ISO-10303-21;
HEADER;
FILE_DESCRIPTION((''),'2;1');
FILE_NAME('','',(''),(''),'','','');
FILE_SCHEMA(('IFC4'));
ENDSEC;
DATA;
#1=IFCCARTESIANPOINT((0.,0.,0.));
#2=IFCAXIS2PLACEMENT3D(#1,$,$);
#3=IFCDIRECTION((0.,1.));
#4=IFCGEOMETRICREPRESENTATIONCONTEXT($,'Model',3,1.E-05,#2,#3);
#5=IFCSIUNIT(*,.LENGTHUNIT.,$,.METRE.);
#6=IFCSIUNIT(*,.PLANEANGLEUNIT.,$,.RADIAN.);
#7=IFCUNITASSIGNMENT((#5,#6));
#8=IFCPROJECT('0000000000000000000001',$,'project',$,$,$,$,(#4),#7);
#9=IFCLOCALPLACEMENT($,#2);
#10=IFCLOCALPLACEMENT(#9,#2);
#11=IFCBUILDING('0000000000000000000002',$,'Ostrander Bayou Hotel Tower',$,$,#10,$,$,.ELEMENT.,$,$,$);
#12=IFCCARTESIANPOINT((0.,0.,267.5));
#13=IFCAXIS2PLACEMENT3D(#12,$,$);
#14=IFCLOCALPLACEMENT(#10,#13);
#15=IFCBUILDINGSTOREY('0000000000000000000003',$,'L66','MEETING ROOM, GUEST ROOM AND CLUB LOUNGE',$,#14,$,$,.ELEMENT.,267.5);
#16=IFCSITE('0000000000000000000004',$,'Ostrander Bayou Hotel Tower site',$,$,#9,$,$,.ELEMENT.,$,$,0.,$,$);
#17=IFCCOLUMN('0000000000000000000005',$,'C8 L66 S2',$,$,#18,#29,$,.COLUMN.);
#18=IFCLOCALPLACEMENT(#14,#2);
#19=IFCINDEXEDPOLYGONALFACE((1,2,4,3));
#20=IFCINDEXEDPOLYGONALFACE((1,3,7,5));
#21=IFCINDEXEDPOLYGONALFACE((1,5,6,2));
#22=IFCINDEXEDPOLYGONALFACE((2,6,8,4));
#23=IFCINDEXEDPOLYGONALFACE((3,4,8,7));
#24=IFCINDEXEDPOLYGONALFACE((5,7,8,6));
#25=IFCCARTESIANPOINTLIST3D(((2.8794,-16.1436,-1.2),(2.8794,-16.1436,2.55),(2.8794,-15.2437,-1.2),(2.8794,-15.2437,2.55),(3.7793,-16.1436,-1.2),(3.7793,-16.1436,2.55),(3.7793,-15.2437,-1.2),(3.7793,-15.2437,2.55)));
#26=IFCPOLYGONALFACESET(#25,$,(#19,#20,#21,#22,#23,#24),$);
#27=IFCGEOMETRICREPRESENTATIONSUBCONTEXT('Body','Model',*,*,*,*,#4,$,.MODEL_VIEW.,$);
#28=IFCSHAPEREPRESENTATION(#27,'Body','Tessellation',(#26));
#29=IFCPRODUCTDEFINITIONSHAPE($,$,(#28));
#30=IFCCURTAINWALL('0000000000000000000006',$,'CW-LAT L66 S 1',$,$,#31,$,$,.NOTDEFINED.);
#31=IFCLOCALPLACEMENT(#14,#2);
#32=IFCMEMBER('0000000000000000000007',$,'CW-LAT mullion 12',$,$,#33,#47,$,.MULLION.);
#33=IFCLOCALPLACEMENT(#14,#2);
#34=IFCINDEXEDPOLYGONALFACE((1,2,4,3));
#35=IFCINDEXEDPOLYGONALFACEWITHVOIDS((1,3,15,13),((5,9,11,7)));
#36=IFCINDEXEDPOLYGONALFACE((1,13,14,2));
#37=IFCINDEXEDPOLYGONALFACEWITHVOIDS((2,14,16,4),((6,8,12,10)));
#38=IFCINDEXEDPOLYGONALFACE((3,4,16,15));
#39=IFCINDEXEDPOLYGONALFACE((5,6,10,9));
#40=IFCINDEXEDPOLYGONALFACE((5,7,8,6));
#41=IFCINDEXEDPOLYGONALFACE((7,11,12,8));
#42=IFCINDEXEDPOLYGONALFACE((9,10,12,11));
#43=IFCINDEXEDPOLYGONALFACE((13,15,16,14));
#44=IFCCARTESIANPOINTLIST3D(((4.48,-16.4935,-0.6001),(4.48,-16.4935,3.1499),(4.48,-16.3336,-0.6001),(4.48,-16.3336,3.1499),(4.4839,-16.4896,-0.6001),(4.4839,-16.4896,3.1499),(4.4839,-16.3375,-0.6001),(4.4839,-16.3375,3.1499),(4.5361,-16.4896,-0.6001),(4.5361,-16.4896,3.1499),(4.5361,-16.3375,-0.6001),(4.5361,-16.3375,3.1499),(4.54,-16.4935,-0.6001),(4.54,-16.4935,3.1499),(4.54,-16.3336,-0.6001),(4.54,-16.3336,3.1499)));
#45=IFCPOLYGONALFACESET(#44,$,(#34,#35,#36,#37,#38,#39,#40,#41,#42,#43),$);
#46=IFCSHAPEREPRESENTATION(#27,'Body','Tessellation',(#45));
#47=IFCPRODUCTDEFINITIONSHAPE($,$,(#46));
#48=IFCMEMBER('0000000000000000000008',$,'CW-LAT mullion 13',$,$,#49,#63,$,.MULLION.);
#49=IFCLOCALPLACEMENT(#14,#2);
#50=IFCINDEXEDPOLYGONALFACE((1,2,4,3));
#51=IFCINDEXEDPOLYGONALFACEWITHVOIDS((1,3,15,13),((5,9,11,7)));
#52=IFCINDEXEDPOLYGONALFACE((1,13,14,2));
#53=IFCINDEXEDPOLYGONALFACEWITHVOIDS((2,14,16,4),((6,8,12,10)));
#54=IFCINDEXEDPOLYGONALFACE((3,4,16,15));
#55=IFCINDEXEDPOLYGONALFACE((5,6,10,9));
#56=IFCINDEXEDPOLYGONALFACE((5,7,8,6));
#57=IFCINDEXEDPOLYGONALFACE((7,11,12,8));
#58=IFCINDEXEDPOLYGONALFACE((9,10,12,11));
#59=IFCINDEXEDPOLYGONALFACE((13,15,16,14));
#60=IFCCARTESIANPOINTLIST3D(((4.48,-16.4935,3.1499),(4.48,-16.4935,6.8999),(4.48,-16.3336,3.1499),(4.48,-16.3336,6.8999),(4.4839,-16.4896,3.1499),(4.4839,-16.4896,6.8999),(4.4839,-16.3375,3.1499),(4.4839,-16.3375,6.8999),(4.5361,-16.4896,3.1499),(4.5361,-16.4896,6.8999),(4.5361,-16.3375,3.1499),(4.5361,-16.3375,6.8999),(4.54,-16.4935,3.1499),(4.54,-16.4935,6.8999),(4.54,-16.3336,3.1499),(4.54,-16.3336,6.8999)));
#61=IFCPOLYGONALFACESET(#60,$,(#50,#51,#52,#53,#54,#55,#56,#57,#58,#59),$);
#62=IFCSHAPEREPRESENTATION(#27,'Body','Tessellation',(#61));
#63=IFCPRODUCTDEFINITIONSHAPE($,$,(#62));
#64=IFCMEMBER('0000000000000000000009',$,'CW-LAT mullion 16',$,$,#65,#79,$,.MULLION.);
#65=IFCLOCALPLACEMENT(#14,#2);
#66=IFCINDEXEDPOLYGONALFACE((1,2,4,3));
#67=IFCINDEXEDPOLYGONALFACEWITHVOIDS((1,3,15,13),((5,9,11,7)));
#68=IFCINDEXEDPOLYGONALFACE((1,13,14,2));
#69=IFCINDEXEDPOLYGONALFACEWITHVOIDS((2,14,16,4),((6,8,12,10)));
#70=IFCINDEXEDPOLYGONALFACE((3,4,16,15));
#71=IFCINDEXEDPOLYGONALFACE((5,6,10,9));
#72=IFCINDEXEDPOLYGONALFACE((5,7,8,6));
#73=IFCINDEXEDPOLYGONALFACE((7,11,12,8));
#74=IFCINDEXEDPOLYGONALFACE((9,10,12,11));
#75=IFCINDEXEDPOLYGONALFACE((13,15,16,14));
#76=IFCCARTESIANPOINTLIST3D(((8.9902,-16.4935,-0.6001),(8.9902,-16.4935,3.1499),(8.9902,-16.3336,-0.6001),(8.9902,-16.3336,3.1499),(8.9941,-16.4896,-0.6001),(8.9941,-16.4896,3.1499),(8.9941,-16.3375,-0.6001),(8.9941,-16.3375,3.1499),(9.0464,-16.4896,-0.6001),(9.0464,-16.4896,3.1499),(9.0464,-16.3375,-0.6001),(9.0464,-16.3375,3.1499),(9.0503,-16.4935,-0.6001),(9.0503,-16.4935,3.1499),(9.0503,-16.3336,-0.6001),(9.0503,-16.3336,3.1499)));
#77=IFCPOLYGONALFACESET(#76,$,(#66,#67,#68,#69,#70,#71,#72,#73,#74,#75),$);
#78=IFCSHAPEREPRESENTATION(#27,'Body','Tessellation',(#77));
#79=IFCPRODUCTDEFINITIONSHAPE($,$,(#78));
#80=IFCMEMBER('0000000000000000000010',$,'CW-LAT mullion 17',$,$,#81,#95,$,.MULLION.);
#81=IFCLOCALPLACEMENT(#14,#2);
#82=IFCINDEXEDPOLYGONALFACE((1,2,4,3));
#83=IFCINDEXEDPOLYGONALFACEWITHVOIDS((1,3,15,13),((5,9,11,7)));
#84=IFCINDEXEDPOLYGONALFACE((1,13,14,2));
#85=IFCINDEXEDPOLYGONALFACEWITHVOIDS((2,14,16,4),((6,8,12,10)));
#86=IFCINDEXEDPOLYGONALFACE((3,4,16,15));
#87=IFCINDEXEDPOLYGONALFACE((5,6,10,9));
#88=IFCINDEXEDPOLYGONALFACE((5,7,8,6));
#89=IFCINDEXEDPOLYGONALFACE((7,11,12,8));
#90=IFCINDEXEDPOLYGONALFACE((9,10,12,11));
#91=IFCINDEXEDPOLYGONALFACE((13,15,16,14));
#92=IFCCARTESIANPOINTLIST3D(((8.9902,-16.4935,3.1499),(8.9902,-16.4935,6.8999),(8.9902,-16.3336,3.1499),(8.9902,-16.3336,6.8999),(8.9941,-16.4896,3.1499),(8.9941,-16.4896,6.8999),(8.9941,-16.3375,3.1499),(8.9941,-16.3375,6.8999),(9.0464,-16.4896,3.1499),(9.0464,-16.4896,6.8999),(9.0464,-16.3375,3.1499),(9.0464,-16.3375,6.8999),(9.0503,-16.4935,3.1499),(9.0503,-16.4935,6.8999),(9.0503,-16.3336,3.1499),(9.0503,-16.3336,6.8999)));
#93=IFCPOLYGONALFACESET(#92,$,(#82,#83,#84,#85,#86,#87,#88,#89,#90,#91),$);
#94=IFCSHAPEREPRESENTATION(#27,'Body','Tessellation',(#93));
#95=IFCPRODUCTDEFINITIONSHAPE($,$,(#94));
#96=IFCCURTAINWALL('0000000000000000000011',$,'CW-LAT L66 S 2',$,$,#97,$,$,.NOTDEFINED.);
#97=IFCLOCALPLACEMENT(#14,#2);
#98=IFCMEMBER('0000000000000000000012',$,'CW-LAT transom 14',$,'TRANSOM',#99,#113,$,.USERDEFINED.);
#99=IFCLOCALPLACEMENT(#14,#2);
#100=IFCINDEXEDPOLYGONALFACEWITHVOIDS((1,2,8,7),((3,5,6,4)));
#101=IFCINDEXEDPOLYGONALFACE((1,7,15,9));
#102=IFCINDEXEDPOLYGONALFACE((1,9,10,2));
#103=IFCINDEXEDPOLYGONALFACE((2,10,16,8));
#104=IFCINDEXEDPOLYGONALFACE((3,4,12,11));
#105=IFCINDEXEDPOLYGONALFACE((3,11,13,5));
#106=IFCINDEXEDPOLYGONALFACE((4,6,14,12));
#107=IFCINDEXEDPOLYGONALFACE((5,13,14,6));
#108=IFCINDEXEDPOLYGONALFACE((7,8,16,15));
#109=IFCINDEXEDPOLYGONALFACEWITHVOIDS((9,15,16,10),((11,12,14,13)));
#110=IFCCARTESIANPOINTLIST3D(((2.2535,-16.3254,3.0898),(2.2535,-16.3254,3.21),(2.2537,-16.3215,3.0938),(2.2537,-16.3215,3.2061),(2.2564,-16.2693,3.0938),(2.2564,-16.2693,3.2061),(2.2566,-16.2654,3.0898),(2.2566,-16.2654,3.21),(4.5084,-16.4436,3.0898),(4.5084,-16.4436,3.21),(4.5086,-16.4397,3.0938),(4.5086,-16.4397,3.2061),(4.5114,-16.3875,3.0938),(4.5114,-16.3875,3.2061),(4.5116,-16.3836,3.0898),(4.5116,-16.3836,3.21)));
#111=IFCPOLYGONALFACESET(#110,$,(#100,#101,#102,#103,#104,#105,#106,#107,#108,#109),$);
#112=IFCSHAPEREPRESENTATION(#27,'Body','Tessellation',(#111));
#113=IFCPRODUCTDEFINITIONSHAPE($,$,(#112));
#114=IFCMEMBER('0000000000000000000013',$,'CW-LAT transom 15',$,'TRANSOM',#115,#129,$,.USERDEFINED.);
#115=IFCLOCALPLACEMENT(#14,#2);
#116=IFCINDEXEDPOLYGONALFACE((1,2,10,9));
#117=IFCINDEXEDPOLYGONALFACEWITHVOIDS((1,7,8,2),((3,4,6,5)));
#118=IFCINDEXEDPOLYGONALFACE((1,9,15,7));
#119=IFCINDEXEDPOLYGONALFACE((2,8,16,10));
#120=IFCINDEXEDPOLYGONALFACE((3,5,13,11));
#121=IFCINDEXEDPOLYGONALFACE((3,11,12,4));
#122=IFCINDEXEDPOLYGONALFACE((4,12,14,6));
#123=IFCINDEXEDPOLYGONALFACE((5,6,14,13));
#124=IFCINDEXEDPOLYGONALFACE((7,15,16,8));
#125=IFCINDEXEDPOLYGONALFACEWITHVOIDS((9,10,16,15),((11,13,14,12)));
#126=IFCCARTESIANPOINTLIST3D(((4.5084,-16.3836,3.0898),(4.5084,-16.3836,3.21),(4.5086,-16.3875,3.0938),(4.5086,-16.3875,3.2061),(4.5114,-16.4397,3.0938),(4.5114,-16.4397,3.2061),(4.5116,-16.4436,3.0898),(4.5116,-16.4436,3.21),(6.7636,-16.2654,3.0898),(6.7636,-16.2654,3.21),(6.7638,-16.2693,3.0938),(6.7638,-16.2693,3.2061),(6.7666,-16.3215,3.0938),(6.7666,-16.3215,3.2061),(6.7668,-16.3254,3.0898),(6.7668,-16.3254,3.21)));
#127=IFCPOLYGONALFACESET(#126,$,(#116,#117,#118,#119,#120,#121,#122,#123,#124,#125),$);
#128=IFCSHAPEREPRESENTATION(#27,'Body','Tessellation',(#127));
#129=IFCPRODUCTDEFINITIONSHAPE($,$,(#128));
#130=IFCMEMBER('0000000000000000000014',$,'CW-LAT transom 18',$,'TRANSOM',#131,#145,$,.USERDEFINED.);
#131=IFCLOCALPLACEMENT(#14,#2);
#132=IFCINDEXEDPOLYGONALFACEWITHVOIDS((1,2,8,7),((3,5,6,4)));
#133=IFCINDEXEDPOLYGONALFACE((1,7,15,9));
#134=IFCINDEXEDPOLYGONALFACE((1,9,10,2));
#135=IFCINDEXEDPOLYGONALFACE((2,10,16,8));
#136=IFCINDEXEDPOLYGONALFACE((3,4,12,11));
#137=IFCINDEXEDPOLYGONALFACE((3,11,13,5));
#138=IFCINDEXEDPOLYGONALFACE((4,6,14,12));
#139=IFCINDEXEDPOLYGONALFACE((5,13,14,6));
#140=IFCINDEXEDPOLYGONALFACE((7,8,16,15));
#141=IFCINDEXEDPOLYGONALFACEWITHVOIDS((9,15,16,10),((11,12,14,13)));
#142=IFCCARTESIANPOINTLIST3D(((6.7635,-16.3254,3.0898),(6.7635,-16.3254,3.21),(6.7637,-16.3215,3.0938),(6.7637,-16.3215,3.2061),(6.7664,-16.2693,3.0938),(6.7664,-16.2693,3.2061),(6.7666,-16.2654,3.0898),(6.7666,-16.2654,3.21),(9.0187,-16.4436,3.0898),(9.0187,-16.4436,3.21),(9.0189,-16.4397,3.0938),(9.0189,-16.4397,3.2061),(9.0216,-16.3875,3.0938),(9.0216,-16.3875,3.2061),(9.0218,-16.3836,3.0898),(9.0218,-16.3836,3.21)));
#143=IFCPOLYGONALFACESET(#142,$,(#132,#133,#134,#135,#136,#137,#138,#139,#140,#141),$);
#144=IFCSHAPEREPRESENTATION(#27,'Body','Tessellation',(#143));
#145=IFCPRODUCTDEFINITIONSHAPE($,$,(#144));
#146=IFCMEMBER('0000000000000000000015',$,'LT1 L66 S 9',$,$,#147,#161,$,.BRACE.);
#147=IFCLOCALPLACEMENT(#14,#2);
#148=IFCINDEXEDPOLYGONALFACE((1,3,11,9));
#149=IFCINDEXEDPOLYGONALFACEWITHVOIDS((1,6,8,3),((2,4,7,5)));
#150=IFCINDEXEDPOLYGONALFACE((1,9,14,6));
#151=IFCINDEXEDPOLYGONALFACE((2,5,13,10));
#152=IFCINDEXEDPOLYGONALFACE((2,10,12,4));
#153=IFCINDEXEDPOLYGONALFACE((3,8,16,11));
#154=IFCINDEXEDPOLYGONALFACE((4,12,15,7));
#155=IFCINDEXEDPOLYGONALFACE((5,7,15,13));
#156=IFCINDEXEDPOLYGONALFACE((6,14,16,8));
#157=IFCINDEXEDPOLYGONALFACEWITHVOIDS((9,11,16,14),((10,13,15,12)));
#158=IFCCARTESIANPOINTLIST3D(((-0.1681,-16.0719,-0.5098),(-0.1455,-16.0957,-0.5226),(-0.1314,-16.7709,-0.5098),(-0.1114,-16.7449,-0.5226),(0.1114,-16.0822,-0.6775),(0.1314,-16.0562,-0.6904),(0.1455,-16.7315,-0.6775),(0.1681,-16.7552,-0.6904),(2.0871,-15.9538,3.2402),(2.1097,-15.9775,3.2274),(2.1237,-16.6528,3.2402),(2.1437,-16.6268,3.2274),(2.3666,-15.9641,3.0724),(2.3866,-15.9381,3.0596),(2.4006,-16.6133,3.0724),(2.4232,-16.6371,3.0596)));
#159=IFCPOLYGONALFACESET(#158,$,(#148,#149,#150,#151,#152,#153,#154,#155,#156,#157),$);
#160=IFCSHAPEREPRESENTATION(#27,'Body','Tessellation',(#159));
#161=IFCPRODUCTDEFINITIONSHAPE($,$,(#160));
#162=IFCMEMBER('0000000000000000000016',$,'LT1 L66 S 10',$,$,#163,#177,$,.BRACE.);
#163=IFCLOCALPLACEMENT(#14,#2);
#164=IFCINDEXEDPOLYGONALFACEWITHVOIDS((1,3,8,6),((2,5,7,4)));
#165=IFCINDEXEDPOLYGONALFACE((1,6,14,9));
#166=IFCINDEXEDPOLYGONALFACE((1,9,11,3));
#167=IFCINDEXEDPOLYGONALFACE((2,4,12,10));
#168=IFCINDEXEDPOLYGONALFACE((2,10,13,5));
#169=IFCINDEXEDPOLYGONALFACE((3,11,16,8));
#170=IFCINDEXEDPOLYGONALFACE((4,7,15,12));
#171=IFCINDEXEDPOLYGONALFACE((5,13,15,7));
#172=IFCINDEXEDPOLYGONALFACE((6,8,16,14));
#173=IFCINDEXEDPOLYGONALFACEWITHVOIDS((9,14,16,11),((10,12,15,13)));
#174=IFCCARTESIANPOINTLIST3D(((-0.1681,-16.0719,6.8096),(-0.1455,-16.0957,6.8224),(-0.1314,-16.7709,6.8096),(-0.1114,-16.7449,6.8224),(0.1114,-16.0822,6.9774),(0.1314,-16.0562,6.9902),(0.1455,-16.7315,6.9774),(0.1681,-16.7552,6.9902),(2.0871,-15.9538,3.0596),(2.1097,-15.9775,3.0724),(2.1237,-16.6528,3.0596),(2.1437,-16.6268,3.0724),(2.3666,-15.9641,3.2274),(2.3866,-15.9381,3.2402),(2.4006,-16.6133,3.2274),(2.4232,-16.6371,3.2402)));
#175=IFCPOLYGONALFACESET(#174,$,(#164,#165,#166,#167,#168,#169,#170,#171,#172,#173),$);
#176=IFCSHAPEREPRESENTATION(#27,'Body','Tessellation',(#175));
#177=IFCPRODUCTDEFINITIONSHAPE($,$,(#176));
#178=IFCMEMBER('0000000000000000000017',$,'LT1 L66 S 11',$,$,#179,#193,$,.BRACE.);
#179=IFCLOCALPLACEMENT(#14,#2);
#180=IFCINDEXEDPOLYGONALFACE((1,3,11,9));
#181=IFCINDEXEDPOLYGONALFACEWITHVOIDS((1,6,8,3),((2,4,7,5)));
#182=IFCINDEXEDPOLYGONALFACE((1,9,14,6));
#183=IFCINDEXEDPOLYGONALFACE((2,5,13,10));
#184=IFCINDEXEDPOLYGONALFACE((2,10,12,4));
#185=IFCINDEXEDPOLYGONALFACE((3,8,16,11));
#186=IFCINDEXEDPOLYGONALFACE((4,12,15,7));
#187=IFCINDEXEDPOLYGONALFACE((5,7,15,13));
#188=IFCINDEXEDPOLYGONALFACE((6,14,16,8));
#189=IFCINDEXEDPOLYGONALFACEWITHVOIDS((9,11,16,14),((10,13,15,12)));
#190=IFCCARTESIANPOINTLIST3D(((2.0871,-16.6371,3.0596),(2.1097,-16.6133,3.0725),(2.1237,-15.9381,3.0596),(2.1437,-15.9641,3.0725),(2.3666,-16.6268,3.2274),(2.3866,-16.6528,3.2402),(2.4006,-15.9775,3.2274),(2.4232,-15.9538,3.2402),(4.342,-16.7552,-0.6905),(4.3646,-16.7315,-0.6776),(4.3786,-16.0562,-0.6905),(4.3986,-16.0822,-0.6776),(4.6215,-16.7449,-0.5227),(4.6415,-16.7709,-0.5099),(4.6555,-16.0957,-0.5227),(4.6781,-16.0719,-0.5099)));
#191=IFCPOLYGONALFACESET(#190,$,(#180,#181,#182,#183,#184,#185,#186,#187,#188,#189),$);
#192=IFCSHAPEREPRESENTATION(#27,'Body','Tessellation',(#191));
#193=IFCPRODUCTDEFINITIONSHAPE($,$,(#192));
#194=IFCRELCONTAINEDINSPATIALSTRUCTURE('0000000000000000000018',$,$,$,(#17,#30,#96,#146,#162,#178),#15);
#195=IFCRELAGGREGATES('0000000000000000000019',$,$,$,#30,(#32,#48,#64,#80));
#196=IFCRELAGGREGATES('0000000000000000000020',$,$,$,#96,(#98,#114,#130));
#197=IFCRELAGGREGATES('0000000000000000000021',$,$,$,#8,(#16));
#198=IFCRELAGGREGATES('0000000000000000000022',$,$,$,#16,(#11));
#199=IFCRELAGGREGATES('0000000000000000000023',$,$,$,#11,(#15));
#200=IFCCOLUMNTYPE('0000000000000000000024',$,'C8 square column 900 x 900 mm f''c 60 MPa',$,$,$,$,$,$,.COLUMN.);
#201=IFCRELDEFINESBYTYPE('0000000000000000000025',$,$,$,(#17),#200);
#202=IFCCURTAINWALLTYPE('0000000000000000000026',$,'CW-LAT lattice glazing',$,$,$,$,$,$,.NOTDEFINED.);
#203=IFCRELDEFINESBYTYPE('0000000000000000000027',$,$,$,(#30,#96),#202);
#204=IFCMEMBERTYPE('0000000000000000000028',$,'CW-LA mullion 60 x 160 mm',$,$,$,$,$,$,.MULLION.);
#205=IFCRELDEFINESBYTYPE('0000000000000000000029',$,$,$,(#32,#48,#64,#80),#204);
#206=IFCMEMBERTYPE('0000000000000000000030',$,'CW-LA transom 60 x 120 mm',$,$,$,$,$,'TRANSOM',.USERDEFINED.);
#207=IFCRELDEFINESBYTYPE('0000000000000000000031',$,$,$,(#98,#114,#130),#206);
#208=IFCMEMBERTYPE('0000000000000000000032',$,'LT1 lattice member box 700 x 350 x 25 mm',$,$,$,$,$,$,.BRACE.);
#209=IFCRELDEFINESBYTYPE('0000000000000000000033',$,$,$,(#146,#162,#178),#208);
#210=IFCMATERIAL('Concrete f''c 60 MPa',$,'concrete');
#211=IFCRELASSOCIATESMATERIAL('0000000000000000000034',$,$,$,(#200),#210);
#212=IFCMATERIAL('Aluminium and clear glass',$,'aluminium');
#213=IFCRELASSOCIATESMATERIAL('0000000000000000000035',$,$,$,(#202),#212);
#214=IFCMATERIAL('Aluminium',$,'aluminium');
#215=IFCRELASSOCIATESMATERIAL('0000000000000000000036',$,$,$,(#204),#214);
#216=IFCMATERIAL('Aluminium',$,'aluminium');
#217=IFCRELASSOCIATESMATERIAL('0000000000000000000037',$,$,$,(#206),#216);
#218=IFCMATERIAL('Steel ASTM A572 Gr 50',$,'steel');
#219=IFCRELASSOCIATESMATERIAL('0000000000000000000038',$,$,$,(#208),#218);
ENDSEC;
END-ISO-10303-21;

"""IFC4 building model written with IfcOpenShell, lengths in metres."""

from ifc_helpers import new_model, si_unit, direction, frame, origin, origin_2d, place, context, subcontext, project, spatial, rectangle, hollow_rectangle, extrude, material, material_profile, profile_set, type_object, element, aggregate, save


model = new_model("IFC4")

# Units and contexts
model_context = context("Model", 3, precision=1e-05, world=origin(), true_north=direction((0.0, 1.0)))
body_context = subcontext(model_context, "Body", "Model", "MODEL_VIEW")
ifc_project = project(units=[si_unit("LENGTHUNIT", "METRE"), si_unit("PLANEANGLEUNIT", "RADIAN")], contexts=[model_context])

# Site, building, storey
site_placement = place(None, origin())
site = spatial("IfcSite", under=ifc_project, at=site_placement, Name="Ostrander Bayou Hotel Tower site", CompositionType="ELEMENT", RefElevation=0.0)
building_placement = place(site_placement, origin())
building = spatial("IfcBuilding", under=site, at=building_placement, Name="Ostrander Bayou Hotel Tower", CompositionType="ELEMENT")
storey_placement = place(building_placement, frame((0.0, 0.0, 267.5)))
storey = spatial("IfcBuildingStorey", under=building, at=storey_placement, Name="L66", Description="MEETING ROOM, GUEST ROOM AND CLUB LOUNGE", CompositionType="ELEMENT", Elevation=267.5)

# Column
ifc_material_1 = material(Name="Concrete f'c 60 MPa", Category="concrete")
ifc_material_profile_1 = material_profile(ifc_material_1, rectangle(XDim=0.8999, YDim=0.8999, at=origin_2d()))
ifc_profile_set_1 = profile_set([ifc_material_profile_1], Name="Concrete f'c 60 MPa")
column_type = type_object("IfcColumnType", Name="C8 square column 900 x 900 mm f'c 60 MPa", PredefinedType="COLUMN", material=ifc_profile_set_1)
column_placement = place(storey_placement, frame((3.3293, -15.6936, -1.2), z_axis=(0.0, 0.0, 1.0), x_axis=(-1.0, 0.0, 0.0)))
element("IfcColumn", 1, at=column_placement, inside=storey, type_object=column_type, Name="C8 L66 S2", PredefinedType="COLUMN", context=body_context, shape_type="SweptSolid", body=[
    extrude(rectangle(XDim=0.8999, YDim=0.8999, at=origin_2d()), origin(), (0.0, 0.0, 1.0), 3.75),
])

# Curtain walls, members
ifc_material_2 = material(Name="Aluminium and clear glass", Category="aluminium")
curtain_wall_type = type_object("IfcCurtainWallType", Name="CW-LAT lattice glazing", PredefinedType="NOTDEFINED", material=ifc_material_2)
curtain_wall_1_placement = place(storey_placement, origin())
curtain_wall_1 = element("IfcCurtainWall", 2, at=curtain_wall_1_placement, inside=storey, type_object=curtain_wall_type, Name="CW-LAT L66 S 1", PredefinedType="NOTDEFINED")
ifc_material_3 = material(Name="Aluminium", Category="aluminium")
ifc_material_profile_2 = material_profile(ifc_material_3, hollow_rectangle(XDim=0.0601, YDim=0.1599, WallThickness=0.0039, at=origin_2d()))
ifc_profile_set_2 = profile_set([ifc_material_profile_2], Name="Aluminium")
member_type_1 = type_object("IfcMemberType", Name="CW-LA mullion 60 x 160 mm", PredefinedType="MULLION", material=ifc_profile_set_2)
member_1_placement = place(storey_placement, frame((4.51, -16.4136, -0.6001), z_axis=(0.0, 0.0, 1.0), x_axis=(1.0, 0.0, 0.0)))
member_1 = element("IfcMember", 3, at=member_1_placement, type_object=member_type_1, Name="CW-LAT mullion 12", PredefinedType="MULLION", context=body_context, shape_type="SweptSolid", body=[
    extrude(hollow_rectangle(XDim=0.0601, YDim=0.1599, WallThickness=0.0039, at=origin_2d()), origin(), (0.0, 0.0, 1.0), 3.75),
])
member_2_placement = place(storey_placement, frame((4.51, -16.4136, 3.1499), z_axis=(0.0, 0.0, 1.0), x_axis=(1.0, 0.0, 0.0)))
member_2 = element("IfcMember", 4, at=member_2_placement, type_object=member_type_1, Name="CW-LAT mullion 13", PredefinedType="MULLION", context=body_context, shape_type="SweptSolid", body=[
    extrude(hollow_rectangle(XDim=0.0601, YDim=0.1599, WallThickness=0.0039, at=origin_2d()), origin(), (0.0, 0.0, 1.0), 3.75),
])
member_3_placement = place(storey_placement, frame((9.0203, -16.4136, -0.6001), z_axis=(0.0, 0.0, 1.0), x_axis=(1.0, 0.0, 0.0)))
member_3 = element("IfcMember", 5, at=member_3_placement, type_object=member_type_1, Name="CW-LAT mullion 16", PredefinedType="MULLION", context=body_context, shape_type="SweptSolid", body=[
    extrude(hollow_rectangle(XDim=0.0601, YDim=0.1599, WallThickness=0.0039, at=origin_2d()), origin(), (0.0, 0.0, 1.0), 3.75),
])
member_4_placement = place(storey_placement, frame((9.0203, -16.4136, 3.1499), z_axis=(0.0, 0.0, 1.0), x_axis=(1.0, 0.0, 0.0)))
member_4 = element("IfcMember", 6, at=member_4_placement, type_object=member_type_1, Name="CW-LAT mullion 17", PredefinedType="MULLION", context=body_context, shape_type="SweptSolid", body=[
    extrude(hollow_rectangle(XDim=0.0601, YDim=0.1599, WallThickness=0.0039, at=origin_2d()), origin(), (0.0, 0.0, 1.0), 3.75),
])
curtain_wall_2_placement = place(storey_placement, origin())
curtain_wall_2 = element("IfcCurtainWall", 7, at=curtain_wall_2_placement, inside=storey, type_object=curtain_wall_type, Name="CW-LAT L66 S 2", PredefinedType="NOTDEFINED")
ifc_material_4 = material(Name="Aluminium", Category="aluminium")
ifc_material_profile_3 = material_profile(ifc_material_4, hollow_rectangle(XDim=0.0601, YDim=0.1201, WallThickness=0.0039, at=origin_2d()))
ifc_profile_set_3 = profile_set([ifc_material_profile_3], Name="Aluminium")
member_type_2 = type_object("IfcMemberType", Name="CW-LA transom 60 x 120 mm", ElementType="TRANSOM", PredefinedType="USERDEFINED", material=ifc_profile_set_3)
member_5_placement = place(storey_placement, frame((4.51, -16.4136, 3.1499), z_axis=(-0.99863, 0.052332, 0.0), x_axis=(-0.052332, -0.99863, 0.0)))
member_5 = element("IfcMember", 8, at=member_5_placement, type_object=member_type_2, Name="CW-LAT transom 14", ObjectType="TRANSOM", PredefinedType="USERDEFINED", context=body_context, shape_type="SweptSolid", body=[
    extrude(hollow_rectangle(XDim=0.0601, YDim=0.1201, WallThickness=0.0039, at=origin_2d()), origin(), (0.0, 0.0, 1.0), 2.2581),
])
member_6_placement = place(storey_placement, frame((4.51, -16.4136, 3.1499), z_axis=(0.99863, 0.052326, 0.0), x_axis=(-0.052326, 0.99863, 0.0)))
member_6 = element("IfcMember", 9, at=member_6_placement, type_object=member_type_2, Name="CW-LAT transom 15", ObjectType="TRANSOM", PredefinedType="USERDEFINED", context=body_context, shape_type="SweptSolid", body=[
    extrude(hollow_rectangle(XDim=0.0601, YDim=0.1201, WallThickness=0.0039, at=origin_2d()), origin(), (0.0, 0.0, 1.0), 2.2583),
])
member_7_placement = place(storey_placement, frame((9.0203, -16.4136, 3.1499), z_axis=(-0.99863, 0.052326, 0.0), x_axis=(-0.052326, -0.99863, 0.0)))
member_7 = element("IfcMember", 10, at=member_7_placement, type_object=member_type_2, Name="CW-LAT transom 18", ObjectType="TRANSOM", PredefinedType="USERDEFINED", context=body_context, shape_type="SweptSolid", body=[
    extrude(hollow_rectangle(XDim=0.0601, YDim=0.1201, WallThickness=0.0039, at=origin_2d()), origin(), (0.0, 0.0, 1.0), 2.2583),
])

# Members
ifc_material_5 = material(Name="Steel ASTM A572 Gr 50", Category="steel")
ifc_material_profile_4 = material_profile(ifc_material_5, hollow_rectangle(XDim=0.7, YDim=0.3501, WallThickness=0.0249, at=origin_2d()))
ifc_profile_set_4 = profile_set([ifc_material_profile_4], Name="Steel ASTM A572 Gr 50")
member_type_3 = type_object("IfcMemberType", Name="LT1 lattice member box 700 x 350 x 25 mm", PredefinedType="BRACE", material=ifc_profile_set_4)
for number, where, z_axis, x_axis, name in (
    (11, (2.2551, -16.2954, 3.1499), (-0.515169, -0.026994, -0.856663), (0.052326, -0.99863, 0.0), "LT1 L66 S 9"),
    (12, (2.2551, -16.2954, 3.1499), (-0.515169, -0.026994, 0.856663), (0.052326, -0.99863, 0.0), "LT1 L66 S 10"),
    (13, (2.2551, -16.2954, 3.1499), (0.515128, -0.026995, -0.856688), (0.052332, 0.99863, 0.0), "LT1 L66 S 11"),
):
    element("IfcMember", number, at=place(storey_placement, frame(where, z_axis=z_axis, x_axis=x_axis)), inside=storey, type_object=member_type_3, Name=name, PredefinedType="BRACE", context=body_context, shape_type="SweptSolid", body=[
        extrude(hollow_rectangle(XDim=0.7, YDim=0.3501, WallThickness=0.0249, at=origin_2d()), origin(), (0.0, 0.0, 1.0), 4.3774),
    ])

aggregate(curtain_wall_1, [member_1, member_2, member_3, member_4])
aggregate(curtain_wall_2, [member_5, member_6, member_7])

save(model, "model.ifc")
